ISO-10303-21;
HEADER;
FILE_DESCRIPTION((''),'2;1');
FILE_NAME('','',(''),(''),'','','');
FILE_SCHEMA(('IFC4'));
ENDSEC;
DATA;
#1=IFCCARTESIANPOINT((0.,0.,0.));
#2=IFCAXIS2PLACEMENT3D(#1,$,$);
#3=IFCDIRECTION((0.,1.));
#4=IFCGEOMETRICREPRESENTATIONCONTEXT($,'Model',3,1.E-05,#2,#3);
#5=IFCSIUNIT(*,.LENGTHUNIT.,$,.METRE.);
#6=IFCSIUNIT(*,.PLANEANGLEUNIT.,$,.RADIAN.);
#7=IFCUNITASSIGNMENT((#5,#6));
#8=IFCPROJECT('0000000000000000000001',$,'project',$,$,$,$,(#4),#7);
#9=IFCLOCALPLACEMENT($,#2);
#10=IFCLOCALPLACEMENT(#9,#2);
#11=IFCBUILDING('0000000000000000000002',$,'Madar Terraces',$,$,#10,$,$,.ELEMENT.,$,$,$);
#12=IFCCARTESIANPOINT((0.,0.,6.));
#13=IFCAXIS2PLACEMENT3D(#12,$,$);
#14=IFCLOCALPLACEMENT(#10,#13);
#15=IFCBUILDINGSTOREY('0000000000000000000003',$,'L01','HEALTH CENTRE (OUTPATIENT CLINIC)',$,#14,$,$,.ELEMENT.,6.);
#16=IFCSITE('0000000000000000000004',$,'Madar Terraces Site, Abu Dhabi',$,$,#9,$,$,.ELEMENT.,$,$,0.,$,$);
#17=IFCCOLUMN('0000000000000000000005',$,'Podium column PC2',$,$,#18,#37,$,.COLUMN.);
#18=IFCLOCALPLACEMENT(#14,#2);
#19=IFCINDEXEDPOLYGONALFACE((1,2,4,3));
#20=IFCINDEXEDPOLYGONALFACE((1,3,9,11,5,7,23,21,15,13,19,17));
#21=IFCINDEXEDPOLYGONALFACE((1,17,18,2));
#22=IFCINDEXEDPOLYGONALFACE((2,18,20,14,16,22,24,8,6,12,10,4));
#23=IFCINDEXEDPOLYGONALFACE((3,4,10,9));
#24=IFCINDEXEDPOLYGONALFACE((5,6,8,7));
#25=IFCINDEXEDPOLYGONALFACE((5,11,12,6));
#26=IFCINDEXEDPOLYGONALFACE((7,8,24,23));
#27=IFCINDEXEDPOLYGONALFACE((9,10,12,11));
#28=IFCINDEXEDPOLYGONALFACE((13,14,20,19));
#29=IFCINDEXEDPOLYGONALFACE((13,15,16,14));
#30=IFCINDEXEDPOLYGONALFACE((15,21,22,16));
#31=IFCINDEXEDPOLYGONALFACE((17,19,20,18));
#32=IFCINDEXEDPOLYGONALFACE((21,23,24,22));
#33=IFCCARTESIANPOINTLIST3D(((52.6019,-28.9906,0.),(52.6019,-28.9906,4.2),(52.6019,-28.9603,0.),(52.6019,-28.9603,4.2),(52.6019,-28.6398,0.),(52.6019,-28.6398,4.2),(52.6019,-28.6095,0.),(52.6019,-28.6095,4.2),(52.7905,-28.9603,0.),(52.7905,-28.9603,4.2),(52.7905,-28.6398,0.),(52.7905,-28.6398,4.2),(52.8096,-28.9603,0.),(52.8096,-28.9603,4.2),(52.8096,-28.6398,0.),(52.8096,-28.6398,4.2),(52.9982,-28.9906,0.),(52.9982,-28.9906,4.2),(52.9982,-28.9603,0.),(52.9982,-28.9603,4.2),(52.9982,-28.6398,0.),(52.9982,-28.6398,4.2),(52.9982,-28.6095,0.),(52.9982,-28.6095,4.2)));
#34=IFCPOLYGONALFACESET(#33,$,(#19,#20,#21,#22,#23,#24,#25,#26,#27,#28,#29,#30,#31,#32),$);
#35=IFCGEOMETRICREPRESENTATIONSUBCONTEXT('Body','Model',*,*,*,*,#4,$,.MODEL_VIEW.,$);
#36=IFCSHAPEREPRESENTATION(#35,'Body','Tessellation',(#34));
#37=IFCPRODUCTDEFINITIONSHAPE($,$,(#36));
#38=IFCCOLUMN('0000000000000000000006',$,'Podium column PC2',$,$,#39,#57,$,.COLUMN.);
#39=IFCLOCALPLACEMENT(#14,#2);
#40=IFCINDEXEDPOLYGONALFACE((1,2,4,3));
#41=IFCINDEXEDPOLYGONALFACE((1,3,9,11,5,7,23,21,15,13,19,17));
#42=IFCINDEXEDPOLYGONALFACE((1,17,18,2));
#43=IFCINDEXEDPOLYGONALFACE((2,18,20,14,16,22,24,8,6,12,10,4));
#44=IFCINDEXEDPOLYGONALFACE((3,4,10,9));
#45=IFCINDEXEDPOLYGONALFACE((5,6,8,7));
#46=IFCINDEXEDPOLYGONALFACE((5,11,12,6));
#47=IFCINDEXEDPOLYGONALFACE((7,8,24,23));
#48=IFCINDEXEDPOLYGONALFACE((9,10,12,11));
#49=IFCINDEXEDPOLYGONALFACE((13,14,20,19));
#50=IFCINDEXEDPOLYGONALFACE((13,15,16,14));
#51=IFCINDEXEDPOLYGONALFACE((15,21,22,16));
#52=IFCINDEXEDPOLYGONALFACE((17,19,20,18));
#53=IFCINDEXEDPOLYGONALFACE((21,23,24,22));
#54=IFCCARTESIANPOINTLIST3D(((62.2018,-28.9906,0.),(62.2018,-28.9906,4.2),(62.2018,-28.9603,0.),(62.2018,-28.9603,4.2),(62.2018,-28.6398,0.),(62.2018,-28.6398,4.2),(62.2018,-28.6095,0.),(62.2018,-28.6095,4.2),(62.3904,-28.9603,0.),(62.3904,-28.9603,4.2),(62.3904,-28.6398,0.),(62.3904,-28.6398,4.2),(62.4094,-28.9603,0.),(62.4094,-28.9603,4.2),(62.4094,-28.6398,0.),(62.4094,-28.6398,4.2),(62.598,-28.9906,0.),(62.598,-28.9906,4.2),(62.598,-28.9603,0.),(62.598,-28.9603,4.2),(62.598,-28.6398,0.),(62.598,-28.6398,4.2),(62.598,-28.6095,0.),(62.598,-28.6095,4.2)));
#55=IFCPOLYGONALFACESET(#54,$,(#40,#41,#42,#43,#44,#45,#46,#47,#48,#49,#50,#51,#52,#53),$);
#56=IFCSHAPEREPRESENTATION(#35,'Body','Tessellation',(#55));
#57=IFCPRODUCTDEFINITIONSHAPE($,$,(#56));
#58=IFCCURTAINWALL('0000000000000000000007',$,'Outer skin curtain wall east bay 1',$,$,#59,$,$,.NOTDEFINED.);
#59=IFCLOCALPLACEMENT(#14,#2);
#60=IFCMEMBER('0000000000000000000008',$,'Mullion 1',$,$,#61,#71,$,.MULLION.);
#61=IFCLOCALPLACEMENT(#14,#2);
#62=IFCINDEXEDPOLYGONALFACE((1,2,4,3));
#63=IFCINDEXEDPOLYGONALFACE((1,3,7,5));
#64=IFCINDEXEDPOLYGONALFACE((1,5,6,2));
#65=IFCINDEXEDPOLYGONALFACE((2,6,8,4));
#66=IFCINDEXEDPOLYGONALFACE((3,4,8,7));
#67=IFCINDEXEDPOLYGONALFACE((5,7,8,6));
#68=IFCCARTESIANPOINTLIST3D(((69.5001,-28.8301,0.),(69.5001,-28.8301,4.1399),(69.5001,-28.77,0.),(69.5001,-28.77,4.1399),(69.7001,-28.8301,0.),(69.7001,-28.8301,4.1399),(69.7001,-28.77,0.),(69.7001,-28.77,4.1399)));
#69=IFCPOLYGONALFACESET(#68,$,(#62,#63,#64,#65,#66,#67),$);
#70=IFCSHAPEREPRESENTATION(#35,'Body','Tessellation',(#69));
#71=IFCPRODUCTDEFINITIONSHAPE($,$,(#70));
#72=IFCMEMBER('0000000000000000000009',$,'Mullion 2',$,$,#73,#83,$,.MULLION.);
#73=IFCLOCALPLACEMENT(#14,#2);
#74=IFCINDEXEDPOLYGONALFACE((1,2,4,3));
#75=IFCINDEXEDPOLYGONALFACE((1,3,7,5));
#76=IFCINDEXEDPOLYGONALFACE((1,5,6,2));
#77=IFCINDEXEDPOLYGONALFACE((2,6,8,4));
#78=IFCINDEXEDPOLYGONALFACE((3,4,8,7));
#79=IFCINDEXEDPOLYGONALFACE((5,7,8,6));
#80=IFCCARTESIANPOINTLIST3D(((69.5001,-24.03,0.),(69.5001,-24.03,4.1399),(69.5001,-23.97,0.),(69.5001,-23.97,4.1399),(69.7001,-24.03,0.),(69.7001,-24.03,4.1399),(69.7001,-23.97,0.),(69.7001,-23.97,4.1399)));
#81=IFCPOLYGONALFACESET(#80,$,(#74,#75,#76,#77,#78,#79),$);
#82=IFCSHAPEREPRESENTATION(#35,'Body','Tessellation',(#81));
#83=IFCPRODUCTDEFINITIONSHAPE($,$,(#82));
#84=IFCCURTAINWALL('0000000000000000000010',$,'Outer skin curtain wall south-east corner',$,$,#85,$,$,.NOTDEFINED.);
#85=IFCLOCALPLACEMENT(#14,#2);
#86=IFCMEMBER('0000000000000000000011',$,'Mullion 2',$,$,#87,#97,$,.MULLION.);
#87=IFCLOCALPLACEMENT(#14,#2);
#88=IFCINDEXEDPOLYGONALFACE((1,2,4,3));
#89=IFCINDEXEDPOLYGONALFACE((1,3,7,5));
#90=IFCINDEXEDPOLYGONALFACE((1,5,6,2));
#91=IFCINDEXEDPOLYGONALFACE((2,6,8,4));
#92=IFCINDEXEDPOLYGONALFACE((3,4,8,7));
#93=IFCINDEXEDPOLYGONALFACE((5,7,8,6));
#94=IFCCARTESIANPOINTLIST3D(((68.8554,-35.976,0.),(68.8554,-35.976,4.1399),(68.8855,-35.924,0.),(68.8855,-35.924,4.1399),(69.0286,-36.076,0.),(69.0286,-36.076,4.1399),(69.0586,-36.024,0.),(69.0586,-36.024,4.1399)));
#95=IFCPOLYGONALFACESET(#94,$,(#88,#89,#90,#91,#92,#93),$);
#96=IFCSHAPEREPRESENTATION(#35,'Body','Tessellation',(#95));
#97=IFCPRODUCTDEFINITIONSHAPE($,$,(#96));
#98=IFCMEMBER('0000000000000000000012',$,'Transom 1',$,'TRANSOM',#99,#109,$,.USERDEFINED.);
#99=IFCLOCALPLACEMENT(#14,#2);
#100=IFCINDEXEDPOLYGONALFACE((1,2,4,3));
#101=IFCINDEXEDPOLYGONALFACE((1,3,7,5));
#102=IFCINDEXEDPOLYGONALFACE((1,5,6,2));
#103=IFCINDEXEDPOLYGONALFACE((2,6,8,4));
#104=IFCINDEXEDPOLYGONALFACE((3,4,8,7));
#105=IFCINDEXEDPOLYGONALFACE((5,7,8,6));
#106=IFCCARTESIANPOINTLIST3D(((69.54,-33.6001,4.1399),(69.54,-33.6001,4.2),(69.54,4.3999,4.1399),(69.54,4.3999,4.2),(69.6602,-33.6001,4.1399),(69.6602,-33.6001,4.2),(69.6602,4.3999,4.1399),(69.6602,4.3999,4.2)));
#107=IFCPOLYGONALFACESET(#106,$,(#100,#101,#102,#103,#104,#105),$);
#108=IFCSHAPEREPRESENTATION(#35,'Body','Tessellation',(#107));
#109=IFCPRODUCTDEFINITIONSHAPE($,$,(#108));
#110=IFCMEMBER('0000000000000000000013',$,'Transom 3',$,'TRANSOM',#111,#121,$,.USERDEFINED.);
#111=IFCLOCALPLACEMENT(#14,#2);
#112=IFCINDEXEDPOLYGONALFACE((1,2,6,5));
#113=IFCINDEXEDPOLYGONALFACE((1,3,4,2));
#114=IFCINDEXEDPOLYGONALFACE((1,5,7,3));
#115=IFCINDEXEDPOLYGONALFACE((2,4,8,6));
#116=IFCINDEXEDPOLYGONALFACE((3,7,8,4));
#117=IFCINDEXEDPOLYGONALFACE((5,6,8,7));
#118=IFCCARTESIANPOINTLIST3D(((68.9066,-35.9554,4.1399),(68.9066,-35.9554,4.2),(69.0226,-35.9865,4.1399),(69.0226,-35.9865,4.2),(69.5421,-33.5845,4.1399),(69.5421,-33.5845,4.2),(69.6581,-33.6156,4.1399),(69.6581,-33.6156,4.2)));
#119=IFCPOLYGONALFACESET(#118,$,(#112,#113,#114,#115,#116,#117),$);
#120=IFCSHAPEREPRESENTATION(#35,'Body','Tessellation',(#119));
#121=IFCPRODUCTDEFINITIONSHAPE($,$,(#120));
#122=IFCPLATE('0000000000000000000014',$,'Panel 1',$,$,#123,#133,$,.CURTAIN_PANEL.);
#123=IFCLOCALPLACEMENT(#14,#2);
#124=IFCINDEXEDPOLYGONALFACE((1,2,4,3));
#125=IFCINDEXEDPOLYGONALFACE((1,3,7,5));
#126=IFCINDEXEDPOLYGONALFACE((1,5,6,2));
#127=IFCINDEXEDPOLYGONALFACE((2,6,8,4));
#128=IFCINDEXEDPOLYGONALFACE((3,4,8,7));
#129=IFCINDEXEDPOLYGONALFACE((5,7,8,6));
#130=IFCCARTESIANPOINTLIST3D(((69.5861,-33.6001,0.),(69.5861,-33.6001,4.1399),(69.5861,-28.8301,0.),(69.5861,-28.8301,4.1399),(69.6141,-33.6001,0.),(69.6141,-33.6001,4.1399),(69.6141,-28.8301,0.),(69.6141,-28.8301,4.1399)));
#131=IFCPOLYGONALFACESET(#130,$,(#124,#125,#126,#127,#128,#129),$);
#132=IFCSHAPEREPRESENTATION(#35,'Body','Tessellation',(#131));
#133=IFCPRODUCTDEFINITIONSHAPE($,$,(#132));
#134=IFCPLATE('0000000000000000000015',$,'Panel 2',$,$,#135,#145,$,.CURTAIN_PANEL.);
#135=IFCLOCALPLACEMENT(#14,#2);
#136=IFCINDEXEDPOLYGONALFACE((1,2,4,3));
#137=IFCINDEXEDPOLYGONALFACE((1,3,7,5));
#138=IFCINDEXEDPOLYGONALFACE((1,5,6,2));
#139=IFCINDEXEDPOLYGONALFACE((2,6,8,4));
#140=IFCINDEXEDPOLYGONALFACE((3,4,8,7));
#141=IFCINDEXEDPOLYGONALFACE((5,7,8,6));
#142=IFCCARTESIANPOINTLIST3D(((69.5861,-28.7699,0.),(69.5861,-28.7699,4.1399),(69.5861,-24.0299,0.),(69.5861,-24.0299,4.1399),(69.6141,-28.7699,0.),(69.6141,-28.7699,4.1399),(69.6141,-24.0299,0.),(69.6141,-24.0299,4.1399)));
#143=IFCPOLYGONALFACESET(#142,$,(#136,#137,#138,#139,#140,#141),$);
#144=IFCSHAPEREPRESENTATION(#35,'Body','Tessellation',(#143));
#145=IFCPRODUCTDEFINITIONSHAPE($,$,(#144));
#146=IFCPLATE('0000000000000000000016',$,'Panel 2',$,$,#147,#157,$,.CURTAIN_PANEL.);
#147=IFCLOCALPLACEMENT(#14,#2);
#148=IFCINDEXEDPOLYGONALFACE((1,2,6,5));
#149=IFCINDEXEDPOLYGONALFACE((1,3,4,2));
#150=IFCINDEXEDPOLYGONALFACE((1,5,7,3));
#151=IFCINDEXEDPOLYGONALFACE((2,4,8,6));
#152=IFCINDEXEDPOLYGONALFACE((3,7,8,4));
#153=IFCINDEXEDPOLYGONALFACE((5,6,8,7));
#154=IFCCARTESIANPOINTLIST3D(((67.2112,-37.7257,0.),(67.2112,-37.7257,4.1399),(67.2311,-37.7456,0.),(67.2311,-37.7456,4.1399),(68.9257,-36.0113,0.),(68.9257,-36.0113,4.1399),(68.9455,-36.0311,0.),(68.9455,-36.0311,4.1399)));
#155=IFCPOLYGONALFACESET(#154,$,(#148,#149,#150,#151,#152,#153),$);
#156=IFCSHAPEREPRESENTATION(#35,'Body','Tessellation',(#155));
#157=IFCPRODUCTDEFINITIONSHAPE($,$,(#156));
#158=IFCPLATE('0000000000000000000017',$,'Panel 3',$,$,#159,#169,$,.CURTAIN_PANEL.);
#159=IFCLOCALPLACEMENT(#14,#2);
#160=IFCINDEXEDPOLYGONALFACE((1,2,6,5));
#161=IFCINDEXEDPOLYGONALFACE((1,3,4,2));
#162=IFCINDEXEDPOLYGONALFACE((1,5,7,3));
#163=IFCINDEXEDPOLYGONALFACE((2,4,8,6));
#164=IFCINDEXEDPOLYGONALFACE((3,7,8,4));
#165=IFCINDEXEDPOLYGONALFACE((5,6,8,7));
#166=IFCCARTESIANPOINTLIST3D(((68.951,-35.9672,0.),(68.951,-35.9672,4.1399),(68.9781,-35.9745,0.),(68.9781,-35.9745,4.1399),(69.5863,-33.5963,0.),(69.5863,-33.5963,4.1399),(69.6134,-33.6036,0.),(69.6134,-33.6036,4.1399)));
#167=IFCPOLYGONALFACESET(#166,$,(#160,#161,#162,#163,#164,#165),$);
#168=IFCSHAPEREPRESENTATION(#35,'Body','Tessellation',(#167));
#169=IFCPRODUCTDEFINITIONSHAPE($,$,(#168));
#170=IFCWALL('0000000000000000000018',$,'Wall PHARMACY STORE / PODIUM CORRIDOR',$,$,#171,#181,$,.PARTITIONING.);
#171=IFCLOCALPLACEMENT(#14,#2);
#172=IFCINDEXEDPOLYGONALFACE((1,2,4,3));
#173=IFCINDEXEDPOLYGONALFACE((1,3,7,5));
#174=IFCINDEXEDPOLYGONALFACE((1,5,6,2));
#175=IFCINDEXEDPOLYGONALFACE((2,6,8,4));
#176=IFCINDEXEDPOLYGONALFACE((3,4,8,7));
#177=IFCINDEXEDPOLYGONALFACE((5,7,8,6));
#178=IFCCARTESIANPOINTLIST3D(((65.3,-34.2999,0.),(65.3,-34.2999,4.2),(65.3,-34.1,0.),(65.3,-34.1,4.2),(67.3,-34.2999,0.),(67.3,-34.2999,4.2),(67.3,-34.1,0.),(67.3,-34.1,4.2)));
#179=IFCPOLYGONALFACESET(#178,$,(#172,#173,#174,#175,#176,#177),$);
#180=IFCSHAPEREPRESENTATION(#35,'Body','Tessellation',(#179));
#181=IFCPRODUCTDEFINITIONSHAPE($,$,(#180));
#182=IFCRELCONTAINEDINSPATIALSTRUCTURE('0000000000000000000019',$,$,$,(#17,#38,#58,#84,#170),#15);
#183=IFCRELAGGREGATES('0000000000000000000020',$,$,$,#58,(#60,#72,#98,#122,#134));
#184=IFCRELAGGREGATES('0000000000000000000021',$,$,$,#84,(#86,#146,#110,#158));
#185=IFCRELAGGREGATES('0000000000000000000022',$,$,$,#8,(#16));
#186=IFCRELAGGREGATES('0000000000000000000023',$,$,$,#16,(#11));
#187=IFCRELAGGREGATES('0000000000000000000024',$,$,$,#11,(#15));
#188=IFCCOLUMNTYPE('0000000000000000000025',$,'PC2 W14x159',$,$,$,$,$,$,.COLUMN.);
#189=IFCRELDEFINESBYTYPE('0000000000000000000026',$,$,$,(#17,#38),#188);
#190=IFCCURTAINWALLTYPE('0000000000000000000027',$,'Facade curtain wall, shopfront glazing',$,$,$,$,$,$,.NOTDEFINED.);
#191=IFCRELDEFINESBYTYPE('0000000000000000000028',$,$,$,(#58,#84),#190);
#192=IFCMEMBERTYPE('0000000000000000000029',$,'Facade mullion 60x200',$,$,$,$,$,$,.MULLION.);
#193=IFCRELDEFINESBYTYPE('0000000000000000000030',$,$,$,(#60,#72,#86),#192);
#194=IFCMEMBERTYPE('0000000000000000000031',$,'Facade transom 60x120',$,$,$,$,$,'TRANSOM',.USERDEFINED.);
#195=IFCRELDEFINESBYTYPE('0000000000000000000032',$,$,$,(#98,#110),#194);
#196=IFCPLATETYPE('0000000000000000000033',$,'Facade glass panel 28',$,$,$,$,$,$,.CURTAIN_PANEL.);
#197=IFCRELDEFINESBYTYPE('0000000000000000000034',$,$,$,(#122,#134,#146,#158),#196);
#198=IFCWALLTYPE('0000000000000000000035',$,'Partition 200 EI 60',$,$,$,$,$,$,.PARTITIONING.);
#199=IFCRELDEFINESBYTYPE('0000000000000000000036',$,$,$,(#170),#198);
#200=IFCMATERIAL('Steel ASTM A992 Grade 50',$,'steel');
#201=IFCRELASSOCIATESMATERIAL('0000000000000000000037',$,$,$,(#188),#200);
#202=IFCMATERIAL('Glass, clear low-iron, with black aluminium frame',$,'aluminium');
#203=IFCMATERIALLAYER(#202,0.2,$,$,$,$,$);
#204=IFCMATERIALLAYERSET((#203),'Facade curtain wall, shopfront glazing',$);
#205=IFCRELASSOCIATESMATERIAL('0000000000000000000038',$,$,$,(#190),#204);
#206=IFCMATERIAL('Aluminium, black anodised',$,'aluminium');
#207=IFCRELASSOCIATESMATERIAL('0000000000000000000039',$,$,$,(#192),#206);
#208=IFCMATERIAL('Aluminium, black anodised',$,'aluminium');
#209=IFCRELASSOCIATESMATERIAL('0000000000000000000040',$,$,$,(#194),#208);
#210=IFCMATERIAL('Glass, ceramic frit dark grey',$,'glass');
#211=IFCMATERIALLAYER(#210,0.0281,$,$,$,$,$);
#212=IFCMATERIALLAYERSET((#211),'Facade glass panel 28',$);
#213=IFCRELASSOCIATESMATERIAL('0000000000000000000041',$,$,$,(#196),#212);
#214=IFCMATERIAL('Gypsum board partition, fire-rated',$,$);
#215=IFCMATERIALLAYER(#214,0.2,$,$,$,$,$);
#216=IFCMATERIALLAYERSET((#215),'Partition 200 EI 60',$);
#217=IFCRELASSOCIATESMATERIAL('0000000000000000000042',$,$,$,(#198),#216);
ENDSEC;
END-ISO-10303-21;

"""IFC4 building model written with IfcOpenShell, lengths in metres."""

from ifc_helpers import new_model, si_unit, direction, frame, frame_2d, origin, origin_2d, place, context, subcontext, project, spatial, rectangle, i_section, extrude, material, layer, layer_set, material_profile, profile_set, type_object, element, aggregate, save


model = new_model("IFC4")

# Units and contexts
model_context = context("Model", 3, precision=1e-05, world=origin(), true_north=direction((0.0, 1.0)))
body_context = subcontext(model_context, "Body", "Model", "MODEL_VIEW")
ifc_project = project(units=[si_unit("LENGTHUNIT", "METRE"), si_unit("PLANEANGLEUNIT", "RADIAN")], contexts=[model_context])

# Site, building, storey
site_placement = place(None, origin())
site = spatial("IfcSite", under=ifc_project, at=site_placement, Name="Madar Terraces Site, Abu Dhabi", CompositionType="ELEMENT", RefElevation=0.0)
building_placement = place(site_placement, origin())
building = spatial("IfcBuilding", under=site, at=building_placement, Name="Madar Terraces", CompositionType="ELEMENT")
storey_placement = place(building_placement, frame((0.0, 0.0, 6.0)))
storey = spatial("IfcBuildingStorey", under=building, at=storey_placement, Name="L01", Description="HEALTH CENTRE (OUTPATIENT CLINIC)", CompositionType="ELEMENT", Elevation=6.0)

# Columns
ifc_material_1 = material(Name="Steel ASTM A992 Grade 50", Category="steel")
ifc_material_profile_1 = material_profile(ifc_material_1, i_section(OverallWidth=0.3962, OverallDepth=0.3811, WebThickness=0.019, FlangeThickness=0.0303, at=origin_2d()), Name="W14x159")
ifc_profile_set_1 = profile_set([ifc_material_profile_1], Name="Steel ASTM A992 Grade 50")
column_type = type_object("IfcColumnType", Name="PC2 W14x159", PredefinedType="COLUMN", material=ifc_profile_set_1)
for number, where, z_axis, x_axis, name in (
    (1, (52.8, -28.8, 0.0), (0.0, 0.0, 1.0), (1.0, 0.0, 0.0), "Podium column PC2"),
    (2, (62.3999, -28.8, 0.0), (0.0, 0.0, 1.0), (1.0, 0.0, 0.0), "Podium column PC2"),
):
    element("IfcColumn", number, at=place(storey_placement, frame(where, z_axis=z_axis, x_axis=x_axis)), inside=storey, type_object=column_type, Name=name, PredefinedType="COLUMN", context=body_context, shape_type="SweptSolid", body=[
        extrude(i_section(OverallWidth=0.3962, OverallDepth=0.3811, WebThickness=0.019, FlangeThickness=0.0303, at=origin_2d()), origin(), (0.0, 0.0, 1.0), 4.2),
    ])

# Curtain wall, members
ifc_material_2 = material(Name="Glass, clear low-iron, with black aluminium frame", Category="aluminium")
ifc_layer_1 = layer(ifc_material_2, 0.2)
ifc_layer_set_1 = layer_set([ifc_layer_1], Name="Facade curtain wall, shopfront glazing")
curtain_wall_type = type_object("IfcCurtainWallType", Name="Facade curtain wall, shopfront glazing", PredefinedType="NOTDEFINED", material=ifc_layer_set_1)
curtain_wall_1_placement = place(storey_placement, origin())
curtain_wall_1 = element("IfcCurtainWall", 3, at=curtain_wall_1_placement, inside=storey, type_object=curtain_wall_type, Name="Outer skin curtain wall east bay 1", PredefinedType="NOTDEFINED")
ifc_material_3 = material(Name="Aluminium, black anodised", Category="aluminium")
ifc_material_profile_2 = material_profile(ifc_material_3, rectangle(XDim=0.2, YDim=0.0601, at=origin_2d()), Name="Facade mullion 60x200")
ifc_profile_set_2 = profile_set([ifc_material_profile_2], Name="Aluminium, black anodised")
member_type_1 = type_object("IfcMemberType", Name="Facade mullion 60x200", PredefinedType="MULLION", material=ifc_profile_set_2)
member_1_placement = place(storey_placement, frame((69.6001, -28.8, 0.0), z_axis=(0.0, 0.0, 1.0), x_axis=(-1.0, 0.0, 0.0)))
member_1 = element("IfcMember", 4, at=member_1_placement, type_object=member_type_1, Name="Mullion 1", PredefinedType="MULLION", context=body_context, shape_type="SweptSolid", body=[
    extrude(rectangle(XDim=0.2, YDim=0.0601, at=origin_2d()), origin(), (0.0, 0.0, 1.0), 4.1399),
])
member_2_placement = place(storey_placement, frame((69.6001, -24.0, 0.0), z_axis=(0.0, 0.0, 1.0), x_axis=(-1.0, 0.0, 0.0)))
member_2 = element("IfcMember", 5, at=member_2_placement, type_object=member_type_1, Name="Mullion 2", PredefinedType="MULLION", context=body_context, shape_type="SweptSolid", body=[
    extrude(rectangle(XDim=0.2, YDim=0.0601, at=origin_2d()), origin(), (0.0, 0.0, 1.0), 4.1399),
])

# Curtain wall, member
curtain_wall_2_placement = place(storey_placement, origin())
curtain_wall_2 = element("IfcCurtainWall", 6, at=curtain_wall_2_placement, inside=storey, type_object=curtain_wall_type, Name="Outer skin curtain wall south-east corner", PredefinedType="NOTDEFINED")
member_3_placement = place(storey_placement, frame((68.957, -36.0, 0.0), z_axis=(0.0, 0.0, 1.0), x_axis=(-0.866025, 0.5, 0.0)))
member_3 = element("IfcMember", 7, at=member_3_placement, type_object=member_type_1, Name="Mullion 2", PredefinedType="MULLION", context=body_context, shape_type="SweptSolid", body=[
    extrude(rectangle(XDim=0.2, YDim=0.0601, at=origin_2d()), origin(), (0.0, 0.0, 1.0), 4.1399),
])

# Members
ifc_material_4 = material(Name="Aluminium, black anodised", Category="aluminium")
ifc_material_profile_3 = material_profile(ifc_material_4, rectangle(XDim=0.1201, YDim=0.0601, at=origin_2d()), Name="Facade transom 60x120")
ifc_profile_set_3 = profile_set([ifc_material_profile_3], Name="Aluminium, black anodised")
member_type_2 = type_object("IfcMemberType", Name="Facade transom 60x120", ElementType="TRANSOM", PredefinedType="USERDEFINED", material=ifc_profile_set_3)
member_4_placement = place(storey_placement, frame((69.6001, -33.6001, 4.1699), z_axis=(0.0, 1.0, 0.0), x_axis=(-1.0, 0.0, 0.0)))
member_4 = element("IfcMember", 8, at=member_4_placement, type_object=member_type_2, Name="Transom 1", ObjectType="TRANSOM", PredefinedType="USERDEFINED", context=body_context, shape_type="SweptSolid", body=[
    extrude(rectangle(XDim=0.1201, YDim=0.0601, at=origin_2d()), origin(), (0.0, 0.0, 1.0), 38.0),
])
member_5_placement = place(storey_placement, frame((68.9646, -35.9709, 4.1699), z_axis=(0.258907, 0.965902, 0.0), x_axis=(-0.965902, 0.258907, 0.0)))
member_5 = element("IfcMember", 9, at=member_5_placement, type_object=member_type_2, Name="Transom 3", ObjectType="TRANSOM", PredefinedType="USERDEFINED", context=body_context, shape_type="SweptSolid", body=[
    extrude(rectangle(XDim=0.1201, YDim=0.0601, at=origin_2d()), origin(), (0.0, 0.0, 1.0), 2.4546),
])

# Plates
ifc_material_5 = material(Name="Glass, ceramic frit dark grey", Category="glass")
ifc_layer_2 = layer(ifc_material_5, 0.0281)
ifc_layer_set_2 = layer_set([ifc_layer_2], Name="Facade glass panel 28")
plate_type = type_object("IfcPlateType", Name="Facade glass panel 28", PredefinedType="CURTAIN_PANEL", material=ifc_layer_set_2)
plate_1_placement = place(storey_placement, frame((69.6001, -31.2151, 0.0), z_axis=(0.0, 0.0, 1.0), x_axis=(0.0, 1.0, 0.0)))
plate_1 = element("IfcPlate", 10, at=plate_1_placement, type_object=plate_type, Name="Panel 1", PredefinedType="CURTAIN_PANEL", context=body_context, shape_type="SweptSolid", body=[
    extrude(rectangle(XDim=4.77, YDim=0.0281, at=origin_2d()), origin(), (0.0, 0.0, 1.0), 4.1399),
])
plate_2_placement = place(storey_placement, frame((69.6001, -26.3999, 0.0), z_axis=(0.0, 0.0, 1.0), x_axis=(0.0, 1.0, 0.0)))
plate_2 = element("IfcPlate", 11, at=plate_2_placement, type_object=plate_type, Name="Panel 2", PredefinedType="CURTAIN_PANEL", context=body_context, shape_type="SweptSolid", body=[
    extrude(rectangle(XDim=4.74, YDim=0.0281, at=origin_2d()), origin(), (0.0, 0.0, 1.0), 4.1399),
])
aggregate(curtain_wall_1, [member_1, member_2, member_4, plate_1, plate_2])
plate_3_placement = place(storey_placement, frame((68.0784, -36.8784, 0.0), z_axis=(0.0, 0.0, 1.0), x_axis=(0.707107, 0.707107, 0.0)))
plate_3 = element("IfcPlate", 12, at=plate_3_placement, type_object=plate_type, Name="Panel 2", PredefinedType="CURTAIN_PANEL", context=body_context, shape_type="SweptSolid", body=[
    extrude(rectangle(XDim=2.4246, YDim=0.0281, at=origin_2d()), origin(), (0.0, 0.0, 1.0), 4.1399),
])
plate_4_placement = place(storey_placement, frame((69.2822, -34.7854, 0.0), z_axis=(0.0, 0.0, 1.0), x_axis=(0.258819, 0.965926, 0.0)))
plate_4 = element("IfcPlate", 13, at=plate_4_placement, type_object=plate_type, Name="Panel 3", PredefinedType="CURTAIN_PANEL", context=body_context, shape_type="SweptSolid", body=[
    extrude(rectangle(XDim=2.4546, YDim=0.0281, at=origin_2d()), origin(), (0.0, 0.0, 1.0), 4.1399),
])
aggregate(curtain_wall_2, [member_3, plate_3, member_5, plate_4])

# Wall
ifc_material_6 = material(Name="Gypsum board partition, fire-rated")
ifc_layer_3 = layer(ifc_material_6, 0.2)
ifc_layer_set_3 = layer_set([ifc_layer_3], Name="Partition 200 EI 60")
wall_type = type_object("IfcWallType", Name="Partition 200 EI 60", PredefinedType="PARTITIONING", material=ifc_layer_set_3)
wall_1_placement = place(storey_placement, frame((65.3, -34.2, 0.0), z_axis=(0.0, 0.0, 1.0), x_axis=(1.0, 0.0, 0.0)))
element("IfcWall", 14, at=wall_1_placement, inside=storey, type_object=wall_type, Name="Wall PHARMACY STORE / PODIUM CORRIDOR", PredefinedType="PARTITIONING", context=body_context, shape_type="SweptSolid", body=[
    extrude(rectangle(XDim=2.0, YDim=0.2, at=frame_2d((1.0, 0.0))), origin(), (0.0, 0.0, 1.0), 4.2),
])

save(model, "model.ifc")
